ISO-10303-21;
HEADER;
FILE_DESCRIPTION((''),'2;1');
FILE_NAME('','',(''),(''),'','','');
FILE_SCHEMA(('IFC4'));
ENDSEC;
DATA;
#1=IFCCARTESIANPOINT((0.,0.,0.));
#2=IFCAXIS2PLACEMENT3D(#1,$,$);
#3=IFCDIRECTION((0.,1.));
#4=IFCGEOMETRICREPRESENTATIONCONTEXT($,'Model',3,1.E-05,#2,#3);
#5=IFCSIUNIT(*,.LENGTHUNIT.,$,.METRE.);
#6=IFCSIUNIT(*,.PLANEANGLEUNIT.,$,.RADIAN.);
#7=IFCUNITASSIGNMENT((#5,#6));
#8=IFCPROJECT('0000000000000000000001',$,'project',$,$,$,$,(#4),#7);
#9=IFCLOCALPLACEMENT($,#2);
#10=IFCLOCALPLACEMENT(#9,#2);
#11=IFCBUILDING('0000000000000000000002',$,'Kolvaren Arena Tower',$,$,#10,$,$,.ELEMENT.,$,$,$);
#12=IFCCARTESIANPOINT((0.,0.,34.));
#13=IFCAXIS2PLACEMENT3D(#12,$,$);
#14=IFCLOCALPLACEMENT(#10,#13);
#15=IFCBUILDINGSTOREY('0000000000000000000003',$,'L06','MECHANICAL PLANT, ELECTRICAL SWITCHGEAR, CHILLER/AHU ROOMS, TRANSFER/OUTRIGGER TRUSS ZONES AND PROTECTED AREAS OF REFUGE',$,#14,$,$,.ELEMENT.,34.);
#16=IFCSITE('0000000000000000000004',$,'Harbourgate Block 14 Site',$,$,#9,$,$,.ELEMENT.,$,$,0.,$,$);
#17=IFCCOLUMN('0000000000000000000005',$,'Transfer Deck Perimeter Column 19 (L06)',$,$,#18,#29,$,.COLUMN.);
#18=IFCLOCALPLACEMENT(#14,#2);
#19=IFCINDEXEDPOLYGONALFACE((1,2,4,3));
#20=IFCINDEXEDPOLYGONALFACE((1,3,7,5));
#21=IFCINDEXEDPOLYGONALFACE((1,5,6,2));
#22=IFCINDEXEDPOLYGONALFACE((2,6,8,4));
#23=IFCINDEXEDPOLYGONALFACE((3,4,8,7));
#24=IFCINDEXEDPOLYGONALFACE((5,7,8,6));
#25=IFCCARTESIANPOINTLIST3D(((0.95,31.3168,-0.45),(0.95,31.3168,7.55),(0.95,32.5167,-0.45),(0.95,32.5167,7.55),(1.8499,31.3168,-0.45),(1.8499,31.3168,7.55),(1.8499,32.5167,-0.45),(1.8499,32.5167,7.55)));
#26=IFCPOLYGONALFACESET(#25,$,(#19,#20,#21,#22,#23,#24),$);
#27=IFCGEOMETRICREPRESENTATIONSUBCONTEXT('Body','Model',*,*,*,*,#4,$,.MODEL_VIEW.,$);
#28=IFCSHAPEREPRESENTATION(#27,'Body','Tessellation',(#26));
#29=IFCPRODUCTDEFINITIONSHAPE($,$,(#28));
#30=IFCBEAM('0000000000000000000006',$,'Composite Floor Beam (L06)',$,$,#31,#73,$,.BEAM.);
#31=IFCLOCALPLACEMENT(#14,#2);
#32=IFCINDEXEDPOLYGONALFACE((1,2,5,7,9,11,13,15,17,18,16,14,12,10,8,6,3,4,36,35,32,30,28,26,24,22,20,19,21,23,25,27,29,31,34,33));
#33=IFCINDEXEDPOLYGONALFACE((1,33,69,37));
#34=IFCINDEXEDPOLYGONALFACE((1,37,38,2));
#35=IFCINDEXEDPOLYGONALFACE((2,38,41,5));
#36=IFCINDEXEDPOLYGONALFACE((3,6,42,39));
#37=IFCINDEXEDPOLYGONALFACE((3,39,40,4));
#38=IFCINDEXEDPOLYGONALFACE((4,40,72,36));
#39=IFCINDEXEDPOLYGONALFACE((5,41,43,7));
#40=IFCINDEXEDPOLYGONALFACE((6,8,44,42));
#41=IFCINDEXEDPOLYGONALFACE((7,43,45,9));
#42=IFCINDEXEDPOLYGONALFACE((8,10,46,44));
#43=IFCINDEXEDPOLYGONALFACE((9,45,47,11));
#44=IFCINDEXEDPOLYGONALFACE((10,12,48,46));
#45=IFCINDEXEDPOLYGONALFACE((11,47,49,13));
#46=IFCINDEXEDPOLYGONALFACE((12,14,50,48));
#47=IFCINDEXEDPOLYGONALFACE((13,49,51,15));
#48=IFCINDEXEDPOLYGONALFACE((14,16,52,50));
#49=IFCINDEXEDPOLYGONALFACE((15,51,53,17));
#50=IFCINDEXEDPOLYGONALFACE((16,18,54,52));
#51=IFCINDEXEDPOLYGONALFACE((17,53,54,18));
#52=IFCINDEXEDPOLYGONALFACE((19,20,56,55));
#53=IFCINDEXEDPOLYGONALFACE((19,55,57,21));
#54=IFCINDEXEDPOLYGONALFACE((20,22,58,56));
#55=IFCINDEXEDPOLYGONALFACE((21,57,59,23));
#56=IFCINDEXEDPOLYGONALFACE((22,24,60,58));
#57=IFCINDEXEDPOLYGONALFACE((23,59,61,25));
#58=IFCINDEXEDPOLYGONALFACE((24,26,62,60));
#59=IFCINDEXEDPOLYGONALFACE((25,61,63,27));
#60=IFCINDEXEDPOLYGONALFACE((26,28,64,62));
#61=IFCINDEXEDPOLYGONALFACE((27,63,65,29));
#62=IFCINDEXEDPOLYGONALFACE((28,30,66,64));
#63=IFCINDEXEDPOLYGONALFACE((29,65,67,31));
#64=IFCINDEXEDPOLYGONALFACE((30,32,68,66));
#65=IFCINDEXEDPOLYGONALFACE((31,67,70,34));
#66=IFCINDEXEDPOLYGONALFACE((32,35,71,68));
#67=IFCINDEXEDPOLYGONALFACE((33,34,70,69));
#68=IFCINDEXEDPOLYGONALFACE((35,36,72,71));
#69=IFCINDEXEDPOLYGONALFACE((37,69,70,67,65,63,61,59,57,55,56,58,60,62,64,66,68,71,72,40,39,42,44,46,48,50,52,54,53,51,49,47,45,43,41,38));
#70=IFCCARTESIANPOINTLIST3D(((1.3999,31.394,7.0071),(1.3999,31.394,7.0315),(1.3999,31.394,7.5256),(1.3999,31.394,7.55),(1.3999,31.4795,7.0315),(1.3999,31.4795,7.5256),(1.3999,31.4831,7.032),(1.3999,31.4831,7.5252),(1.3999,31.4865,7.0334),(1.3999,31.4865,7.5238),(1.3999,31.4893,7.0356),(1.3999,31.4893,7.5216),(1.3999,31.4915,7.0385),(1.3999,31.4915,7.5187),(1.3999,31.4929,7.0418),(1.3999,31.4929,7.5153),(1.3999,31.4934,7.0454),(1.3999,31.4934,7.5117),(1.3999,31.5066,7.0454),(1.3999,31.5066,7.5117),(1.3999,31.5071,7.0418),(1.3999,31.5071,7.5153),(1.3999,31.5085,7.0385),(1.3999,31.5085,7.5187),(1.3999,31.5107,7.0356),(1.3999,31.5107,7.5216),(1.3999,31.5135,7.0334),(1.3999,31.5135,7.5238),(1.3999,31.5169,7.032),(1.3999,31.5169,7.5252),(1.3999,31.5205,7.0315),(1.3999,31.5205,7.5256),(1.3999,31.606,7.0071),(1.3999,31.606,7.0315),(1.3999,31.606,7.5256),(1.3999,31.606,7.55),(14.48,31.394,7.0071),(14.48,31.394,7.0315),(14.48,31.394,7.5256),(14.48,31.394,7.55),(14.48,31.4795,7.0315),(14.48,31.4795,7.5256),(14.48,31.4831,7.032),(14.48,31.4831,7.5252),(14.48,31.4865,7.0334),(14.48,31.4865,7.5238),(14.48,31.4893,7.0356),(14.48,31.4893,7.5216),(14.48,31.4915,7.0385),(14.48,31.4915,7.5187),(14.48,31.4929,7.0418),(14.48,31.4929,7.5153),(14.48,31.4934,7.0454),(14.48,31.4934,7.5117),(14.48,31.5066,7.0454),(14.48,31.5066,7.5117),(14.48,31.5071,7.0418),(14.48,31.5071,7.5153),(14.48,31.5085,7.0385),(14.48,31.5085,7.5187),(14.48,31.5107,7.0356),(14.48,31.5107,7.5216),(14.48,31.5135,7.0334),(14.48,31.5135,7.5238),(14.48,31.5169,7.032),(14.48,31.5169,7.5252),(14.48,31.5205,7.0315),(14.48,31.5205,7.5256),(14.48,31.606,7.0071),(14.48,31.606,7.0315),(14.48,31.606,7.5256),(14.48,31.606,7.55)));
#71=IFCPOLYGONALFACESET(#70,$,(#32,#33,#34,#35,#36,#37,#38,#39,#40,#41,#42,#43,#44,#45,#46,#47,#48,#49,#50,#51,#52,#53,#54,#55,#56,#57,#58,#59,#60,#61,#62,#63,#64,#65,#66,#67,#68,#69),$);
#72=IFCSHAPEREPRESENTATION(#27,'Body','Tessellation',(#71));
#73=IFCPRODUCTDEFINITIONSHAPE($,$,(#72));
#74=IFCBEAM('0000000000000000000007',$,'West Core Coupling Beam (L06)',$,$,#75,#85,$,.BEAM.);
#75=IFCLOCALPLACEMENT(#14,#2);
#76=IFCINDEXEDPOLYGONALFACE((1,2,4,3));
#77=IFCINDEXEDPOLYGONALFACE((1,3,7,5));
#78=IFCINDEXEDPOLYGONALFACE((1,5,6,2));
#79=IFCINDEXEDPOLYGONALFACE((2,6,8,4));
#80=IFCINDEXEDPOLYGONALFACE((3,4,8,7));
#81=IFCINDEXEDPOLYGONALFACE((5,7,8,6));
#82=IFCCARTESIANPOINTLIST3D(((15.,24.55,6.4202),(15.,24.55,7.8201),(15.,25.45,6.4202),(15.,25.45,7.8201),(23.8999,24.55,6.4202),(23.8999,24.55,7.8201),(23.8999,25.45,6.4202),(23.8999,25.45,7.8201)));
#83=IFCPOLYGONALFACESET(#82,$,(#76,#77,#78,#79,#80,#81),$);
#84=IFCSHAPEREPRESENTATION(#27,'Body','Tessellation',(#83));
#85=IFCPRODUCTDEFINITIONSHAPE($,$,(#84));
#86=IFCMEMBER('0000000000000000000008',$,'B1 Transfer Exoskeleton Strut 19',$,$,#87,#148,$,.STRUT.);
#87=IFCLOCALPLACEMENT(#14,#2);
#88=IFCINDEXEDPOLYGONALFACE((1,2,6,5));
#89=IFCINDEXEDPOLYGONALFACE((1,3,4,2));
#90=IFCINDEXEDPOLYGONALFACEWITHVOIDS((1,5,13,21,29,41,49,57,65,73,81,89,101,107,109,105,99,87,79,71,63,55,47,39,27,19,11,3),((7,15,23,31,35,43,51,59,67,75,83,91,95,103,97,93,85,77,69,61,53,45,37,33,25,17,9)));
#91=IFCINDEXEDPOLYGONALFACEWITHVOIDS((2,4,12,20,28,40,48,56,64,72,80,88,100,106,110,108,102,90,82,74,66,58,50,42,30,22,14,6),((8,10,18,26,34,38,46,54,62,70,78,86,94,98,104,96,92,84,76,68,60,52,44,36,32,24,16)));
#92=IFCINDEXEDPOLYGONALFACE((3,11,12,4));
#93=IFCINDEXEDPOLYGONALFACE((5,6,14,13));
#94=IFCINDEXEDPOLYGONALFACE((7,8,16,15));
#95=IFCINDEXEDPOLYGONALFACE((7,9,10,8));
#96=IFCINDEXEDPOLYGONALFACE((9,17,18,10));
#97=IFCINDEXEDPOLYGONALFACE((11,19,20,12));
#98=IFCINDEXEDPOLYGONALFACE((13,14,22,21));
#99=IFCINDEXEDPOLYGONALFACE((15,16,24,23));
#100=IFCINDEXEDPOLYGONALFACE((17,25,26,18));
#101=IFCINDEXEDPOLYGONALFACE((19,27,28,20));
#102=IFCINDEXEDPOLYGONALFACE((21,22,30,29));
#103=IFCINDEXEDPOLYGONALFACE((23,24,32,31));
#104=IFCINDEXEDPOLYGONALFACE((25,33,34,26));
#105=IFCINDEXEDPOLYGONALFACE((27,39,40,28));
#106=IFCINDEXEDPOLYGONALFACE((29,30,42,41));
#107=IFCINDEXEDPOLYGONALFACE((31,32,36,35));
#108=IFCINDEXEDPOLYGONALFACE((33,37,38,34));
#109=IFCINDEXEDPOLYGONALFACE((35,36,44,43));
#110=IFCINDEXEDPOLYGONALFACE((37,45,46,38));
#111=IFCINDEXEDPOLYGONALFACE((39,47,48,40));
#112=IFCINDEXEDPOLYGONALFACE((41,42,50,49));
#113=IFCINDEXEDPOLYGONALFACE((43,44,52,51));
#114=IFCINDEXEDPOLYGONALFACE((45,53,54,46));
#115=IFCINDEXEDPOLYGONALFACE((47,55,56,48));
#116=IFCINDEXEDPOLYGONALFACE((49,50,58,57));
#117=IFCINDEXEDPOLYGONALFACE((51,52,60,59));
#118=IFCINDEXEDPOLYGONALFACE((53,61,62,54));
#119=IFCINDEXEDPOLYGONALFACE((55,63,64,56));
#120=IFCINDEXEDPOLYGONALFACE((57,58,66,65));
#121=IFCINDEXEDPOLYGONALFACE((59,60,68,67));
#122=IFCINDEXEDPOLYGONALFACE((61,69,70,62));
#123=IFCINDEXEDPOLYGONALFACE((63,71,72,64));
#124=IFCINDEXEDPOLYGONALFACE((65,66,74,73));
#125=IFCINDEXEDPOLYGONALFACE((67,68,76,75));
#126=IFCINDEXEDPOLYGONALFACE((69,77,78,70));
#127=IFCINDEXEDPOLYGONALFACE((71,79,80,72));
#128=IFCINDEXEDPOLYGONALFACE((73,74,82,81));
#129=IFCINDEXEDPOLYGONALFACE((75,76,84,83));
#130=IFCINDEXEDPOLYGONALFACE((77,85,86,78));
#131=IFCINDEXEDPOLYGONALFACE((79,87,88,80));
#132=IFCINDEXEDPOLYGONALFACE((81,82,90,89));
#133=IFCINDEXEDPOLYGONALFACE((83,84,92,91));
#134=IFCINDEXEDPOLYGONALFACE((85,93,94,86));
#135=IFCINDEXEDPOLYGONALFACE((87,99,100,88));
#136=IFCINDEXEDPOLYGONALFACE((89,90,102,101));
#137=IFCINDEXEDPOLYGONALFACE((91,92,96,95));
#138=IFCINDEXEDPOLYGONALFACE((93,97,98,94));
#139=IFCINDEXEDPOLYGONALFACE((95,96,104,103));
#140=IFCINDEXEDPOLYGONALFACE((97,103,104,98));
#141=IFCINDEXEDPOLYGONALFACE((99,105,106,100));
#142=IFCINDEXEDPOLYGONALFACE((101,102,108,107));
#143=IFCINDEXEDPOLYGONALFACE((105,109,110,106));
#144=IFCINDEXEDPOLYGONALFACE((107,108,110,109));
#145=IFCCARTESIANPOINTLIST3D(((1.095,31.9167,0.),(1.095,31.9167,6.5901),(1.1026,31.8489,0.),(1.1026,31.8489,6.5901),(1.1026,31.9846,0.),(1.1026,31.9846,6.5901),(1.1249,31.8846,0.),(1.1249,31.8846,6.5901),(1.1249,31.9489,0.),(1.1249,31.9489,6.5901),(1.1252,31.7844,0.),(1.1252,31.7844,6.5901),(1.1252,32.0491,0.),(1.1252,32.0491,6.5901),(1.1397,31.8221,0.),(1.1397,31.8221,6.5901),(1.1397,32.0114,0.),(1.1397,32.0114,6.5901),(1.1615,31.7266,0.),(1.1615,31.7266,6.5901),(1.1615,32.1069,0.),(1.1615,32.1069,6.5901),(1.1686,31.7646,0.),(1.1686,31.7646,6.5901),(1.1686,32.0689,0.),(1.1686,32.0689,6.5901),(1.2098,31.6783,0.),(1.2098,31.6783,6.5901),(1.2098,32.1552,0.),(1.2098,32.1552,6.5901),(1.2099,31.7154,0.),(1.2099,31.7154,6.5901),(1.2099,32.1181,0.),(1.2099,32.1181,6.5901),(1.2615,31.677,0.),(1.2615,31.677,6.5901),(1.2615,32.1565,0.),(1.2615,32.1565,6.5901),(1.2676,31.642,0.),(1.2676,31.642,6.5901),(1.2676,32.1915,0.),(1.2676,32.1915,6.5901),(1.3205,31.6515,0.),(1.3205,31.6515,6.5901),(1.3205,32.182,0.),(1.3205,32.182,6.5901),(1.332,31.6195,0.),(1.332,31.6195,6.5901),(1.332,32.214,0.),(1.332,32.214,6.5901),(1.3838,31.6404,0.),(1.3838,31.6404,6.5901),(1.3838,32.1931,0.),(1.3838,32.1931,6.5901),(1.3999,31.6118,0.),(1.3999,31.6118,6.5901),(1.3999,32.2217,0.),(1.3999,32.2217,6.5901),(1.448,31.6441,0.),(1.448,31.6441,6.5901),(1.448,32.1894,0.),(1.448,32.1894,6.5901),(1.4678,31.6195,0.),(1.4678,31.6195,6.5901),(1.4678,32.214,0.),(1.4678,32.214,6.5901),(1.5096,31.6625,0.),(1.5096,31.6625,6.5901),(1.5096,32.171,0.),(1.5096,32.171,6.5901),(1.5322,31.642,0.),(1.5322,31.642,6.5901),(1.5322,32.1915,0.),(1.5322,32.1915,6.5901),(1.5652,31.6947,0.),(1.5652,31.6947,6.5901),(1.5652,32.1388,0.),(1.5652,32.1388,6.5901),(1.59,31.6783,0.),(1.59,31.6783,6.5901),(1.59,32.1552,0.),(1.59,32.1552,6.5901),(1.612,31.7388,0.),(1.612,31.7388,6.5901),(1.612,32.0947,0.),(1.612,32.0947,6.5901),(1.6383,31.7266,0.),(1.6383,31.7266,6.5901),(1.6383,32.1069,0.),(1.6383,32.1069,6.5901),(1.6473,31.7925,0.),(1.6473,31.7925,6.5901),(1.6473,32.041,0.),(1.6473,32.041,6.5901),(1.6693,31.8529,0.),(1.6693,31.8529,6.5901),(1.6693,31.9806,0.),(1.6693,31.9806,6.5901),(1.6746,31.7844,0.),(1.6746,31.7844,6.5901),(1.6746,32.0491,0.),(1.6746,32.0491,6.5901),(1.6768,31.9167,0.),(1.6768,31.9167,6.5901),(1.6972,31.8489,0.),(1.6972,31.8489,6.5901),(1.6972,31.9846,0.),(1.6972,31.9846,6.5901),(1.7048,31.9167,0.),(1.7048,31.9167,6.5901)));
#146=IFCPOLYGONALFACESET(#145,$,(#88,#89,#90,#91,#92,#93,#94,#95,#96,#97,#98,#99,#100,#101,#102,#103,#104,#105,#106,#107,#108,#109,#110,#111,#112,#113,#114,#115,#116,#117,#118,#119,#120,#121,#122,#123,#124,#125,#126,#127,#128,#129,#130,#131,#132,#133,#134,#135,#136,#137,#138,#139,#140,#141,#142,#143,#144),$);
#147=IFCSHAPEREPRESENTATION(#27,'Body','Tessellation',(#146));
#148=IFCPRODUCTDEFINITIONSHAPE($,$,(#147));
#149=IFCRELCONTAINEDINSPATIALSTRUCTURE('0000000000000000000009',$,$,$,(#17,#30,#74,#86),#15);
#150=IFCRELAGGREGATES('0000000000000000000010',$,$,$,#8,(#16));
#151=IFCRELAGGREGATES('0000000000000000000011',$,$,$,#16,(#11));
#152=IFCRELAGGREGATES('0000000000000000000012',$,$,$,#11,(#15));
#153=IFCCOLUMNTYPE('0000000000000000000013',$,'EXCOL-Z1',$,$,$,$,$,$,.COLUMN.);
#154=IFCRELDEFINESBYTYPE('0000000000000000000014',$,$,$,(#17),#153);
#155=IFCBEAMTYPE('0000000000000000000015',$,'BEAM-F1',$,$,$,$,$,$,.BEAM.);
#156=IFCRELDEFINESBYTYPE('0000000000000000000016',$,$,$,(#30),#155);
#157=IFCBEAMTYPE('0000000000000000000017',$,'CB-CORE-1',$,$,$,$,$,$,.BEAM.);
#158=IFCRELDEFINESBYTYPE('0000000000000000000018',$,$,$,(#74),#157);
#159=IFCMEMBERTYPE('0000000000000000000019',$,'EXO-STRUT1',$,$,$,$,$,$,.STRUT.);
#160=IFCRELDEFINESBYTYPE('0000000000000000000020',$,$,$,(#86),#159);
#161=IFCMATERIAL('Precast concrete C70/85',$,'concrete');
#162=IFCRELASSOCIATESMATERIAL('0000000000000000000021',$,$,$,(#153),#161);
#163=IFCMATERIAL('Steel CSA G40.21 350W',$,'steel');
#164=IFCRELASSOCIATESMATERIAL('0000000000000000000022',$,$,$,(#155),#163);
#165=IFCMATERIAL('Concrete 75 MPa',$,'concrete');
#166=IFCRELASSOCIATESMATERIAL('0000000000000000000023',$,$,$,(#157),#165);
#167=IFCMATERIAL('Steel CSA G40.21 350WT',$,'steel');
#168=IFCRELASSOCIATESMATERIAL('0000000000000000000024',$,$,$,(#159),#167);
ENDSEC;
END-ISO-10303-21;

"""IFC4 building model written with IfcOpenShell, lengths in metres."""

from ifc_helpers import new_model, si_unit, direction, frame, origin, origin_2d, place, context, subcontext, project, spatial, rectangle, hollow_circle, i_section, extrude, material, material_profile, profile_set, type_object, element, save


model = new_model("IFC4")

# Units and contexts
model_context = context("Model", 3, precision=1e-05, world=origin(), true_north=direction((0.0, 1.0)))
body_context = subcontext(model_context, "Body", "Model", "MODEL_VIEW")
ifc_project = project(units=[si_unit("LENGTHUNIT", "METRE"), si_unit("PLANEANGLEUNIT", "RADIAN")], contexts=[model_context])

# Site, building, storey
site_placement = place(None, origin())
site = spatial("IfcSite", under=ifc_project, at=site_placement, Name="Harbourgate Block 14 Site", CompositionType="ELEMENT", RefElevation=0.0)
building_placement = place(site_placement, origin())
building = spatial("IfcBuilding", under=site, at=building_placement, Name="Kolvaren Arena Tower", CompositionType="ELEMENT")
storey_placement = place(building_placement, frame((0.0, 0.0, 34.0)))
storey = spatial("IfcBuildingStorey", under=building, at=storey_placement, Name="L06", Description="MECHANICAL PLANT, ELECTRICAL SWITCHGEAR, CHILLER/AHU ROOMS, TRANSFER/OUTRIGGER TRUSS ZONES AND PROTECTED AREAS OF REFUGE", CompositionType="ELEMENT", Elevation=34.0)

# Column
ifc_material_1 = material(Name="Precast concrete C70/85", Category="concrete")
ifc_material_profile_1 = material_profile(ifc_material_1, rectangle(XDim=1.2, YDim=0.8999, at=origin_2d()), Name="RC-1200x900")
ifc_profile_set_1 = profile_set([ifc_material_profile_1], Name="Precast concrete C70/85")
column_type = type_object("IfcColumnType", Name="EXCOL-Z1", PredefinedType="COLUMN", material=ifc_profile_set_1)
column_placement = place(storey_placement, frame((1.3999, 31.9167, -0.45), z_axis=(0.0, 0.0, 1.0), x_axis=(0.0, 1.0, 0.0)))
element("IfcColumn", 1, at=column_placement, inside=storey, type_object=column_type, Name="Transfer Deck Perimeter Column 19 (L06)", PredefinedType="COLUMN", context=body_context, shape_type="SweptSolid", body=[
    extrude(rectangle(XDim=1.2, YDim=0.8999, at=origin_2d()), origin(), (0.0, 0.0, 1.0), 8.0),
])

# Beams
ifc_material_2 = material(Name="Steel CSA G40.21 350W", Category="steel")
ifc_material_profile_2 = material_profile(ifc_material_2, i_section(OverallWidth=0.2119, OverallDepth=0.543, WebThickness=0.0132, FlangeThickness=0.0244, FilletRadius=0.0139, at=origin_2d()), Name="W530x150")
ifc_profile_set_2 = profile_set([ifc_material_profile_2], Name="Steel CSA G40.21 350W")
beam_type_1 = type_object("IfcBeamType", Name="BEAM-F1", PredefinedType="BEAM", material=ifc_profile_set_2)
beam_1_placement = place(storey_placement, frame((1.3999, 31.5, 7.2786), z_axis=(1.0, 0.0, 0.0), x_axis=(0.0, 1.0, 0.0)))
element("IfcBeam", 2, at=beam_1_placement, inside=storey, type_object=beam_type_1, Name="Composite Floor Beam (L06)", PredefinedType="BEAM", context=body_context, shape_type="SweptSolid", body=[
    extrude(i_section(OverallWidth=0.2119, OverallDepth=0.543, WebThickness=0.0132, FlangeThickness=0.0244, FilletRadius=0.0139, at=origin_2d()), origin(), (0.0, 0.0, 1.0), 13.0801),
])
ifc_material_3 = material(Name="Concrete 75 MPa", Category="concrete")
ifc_material_profile_3 = material_profile(ifc_material_3, rectangle(XDim=0.8999, YDim=1.3999, at=origin_2d()), Name="RC-900x1400")
ifc_profile_set_3 = profile_set([ifc_material_profile_3], Name="Concrete 75 MPa")
beam_type_2 = type_object("IfcBeamType", Name="CB-CORE-1", PredefinedType="BEAM", material=ifc_profile_set_3)
beam_2_placement = place(storey_placement, frame((15.0, 25.0, 7.1201), z_axis=(1.0, 0.0, 0.0), x_axis=(0.0, 1.0, 0.0)))
element("IfcBeam", 3, at=beam_2_placement, inside=storey, type_object=beam_type_2, Name="West Core Coupling Beam (L06)", PredefinedType="BEAM", context=body_context, shape_type="SweptSolid", body=[
    extrude(rectangle(XDim=0.8999, YDim=1.3999, at=origin_2d()), origin(), (0.0, 0.0, 1.0), 8.8999),
])

# Member
ifc_material_4 = material(Name="Steel CSA G40.21 350WT", Category="steel")
ifc_material_profile_4 = material_profile(ifc_material_4, hollow_circle(Radius=0.3049, WallThickness=0.0281, at=origin_2d()), Name="CHS 610x28")
ifc_profile_set_4 = profile_set([ifc_material_profile_4], Name="Steel CSA G40.21 350WT")
member_type = type_object("IfcMemberType", Name="EXO-STRUT1", PredefinedType="STRUT", material=ifc_profile_set_4)
member_placement = place(storey_placement, frame((1.3999, 31.9167, 0.0), z_axis=(0.0, 0.0, 1.0), x_axis=(1.0, 0.0, 0.0)))
element("IfcMember", 4, at=member_placement, inside=storey, type_object=member_type, Name="B1 Transfer Exoskeleton Strut 19", PredefinedType="STRUT", context=body_context, shape_type="SweptSolid", body=[
    extrude(hollow_circle(Radius=0.3049, WallThickness=0.0281, at=origin_2d()), origin(), (0.0, 0.0, 1.0), 6.5901),
])

save(model, "model.ifc")
